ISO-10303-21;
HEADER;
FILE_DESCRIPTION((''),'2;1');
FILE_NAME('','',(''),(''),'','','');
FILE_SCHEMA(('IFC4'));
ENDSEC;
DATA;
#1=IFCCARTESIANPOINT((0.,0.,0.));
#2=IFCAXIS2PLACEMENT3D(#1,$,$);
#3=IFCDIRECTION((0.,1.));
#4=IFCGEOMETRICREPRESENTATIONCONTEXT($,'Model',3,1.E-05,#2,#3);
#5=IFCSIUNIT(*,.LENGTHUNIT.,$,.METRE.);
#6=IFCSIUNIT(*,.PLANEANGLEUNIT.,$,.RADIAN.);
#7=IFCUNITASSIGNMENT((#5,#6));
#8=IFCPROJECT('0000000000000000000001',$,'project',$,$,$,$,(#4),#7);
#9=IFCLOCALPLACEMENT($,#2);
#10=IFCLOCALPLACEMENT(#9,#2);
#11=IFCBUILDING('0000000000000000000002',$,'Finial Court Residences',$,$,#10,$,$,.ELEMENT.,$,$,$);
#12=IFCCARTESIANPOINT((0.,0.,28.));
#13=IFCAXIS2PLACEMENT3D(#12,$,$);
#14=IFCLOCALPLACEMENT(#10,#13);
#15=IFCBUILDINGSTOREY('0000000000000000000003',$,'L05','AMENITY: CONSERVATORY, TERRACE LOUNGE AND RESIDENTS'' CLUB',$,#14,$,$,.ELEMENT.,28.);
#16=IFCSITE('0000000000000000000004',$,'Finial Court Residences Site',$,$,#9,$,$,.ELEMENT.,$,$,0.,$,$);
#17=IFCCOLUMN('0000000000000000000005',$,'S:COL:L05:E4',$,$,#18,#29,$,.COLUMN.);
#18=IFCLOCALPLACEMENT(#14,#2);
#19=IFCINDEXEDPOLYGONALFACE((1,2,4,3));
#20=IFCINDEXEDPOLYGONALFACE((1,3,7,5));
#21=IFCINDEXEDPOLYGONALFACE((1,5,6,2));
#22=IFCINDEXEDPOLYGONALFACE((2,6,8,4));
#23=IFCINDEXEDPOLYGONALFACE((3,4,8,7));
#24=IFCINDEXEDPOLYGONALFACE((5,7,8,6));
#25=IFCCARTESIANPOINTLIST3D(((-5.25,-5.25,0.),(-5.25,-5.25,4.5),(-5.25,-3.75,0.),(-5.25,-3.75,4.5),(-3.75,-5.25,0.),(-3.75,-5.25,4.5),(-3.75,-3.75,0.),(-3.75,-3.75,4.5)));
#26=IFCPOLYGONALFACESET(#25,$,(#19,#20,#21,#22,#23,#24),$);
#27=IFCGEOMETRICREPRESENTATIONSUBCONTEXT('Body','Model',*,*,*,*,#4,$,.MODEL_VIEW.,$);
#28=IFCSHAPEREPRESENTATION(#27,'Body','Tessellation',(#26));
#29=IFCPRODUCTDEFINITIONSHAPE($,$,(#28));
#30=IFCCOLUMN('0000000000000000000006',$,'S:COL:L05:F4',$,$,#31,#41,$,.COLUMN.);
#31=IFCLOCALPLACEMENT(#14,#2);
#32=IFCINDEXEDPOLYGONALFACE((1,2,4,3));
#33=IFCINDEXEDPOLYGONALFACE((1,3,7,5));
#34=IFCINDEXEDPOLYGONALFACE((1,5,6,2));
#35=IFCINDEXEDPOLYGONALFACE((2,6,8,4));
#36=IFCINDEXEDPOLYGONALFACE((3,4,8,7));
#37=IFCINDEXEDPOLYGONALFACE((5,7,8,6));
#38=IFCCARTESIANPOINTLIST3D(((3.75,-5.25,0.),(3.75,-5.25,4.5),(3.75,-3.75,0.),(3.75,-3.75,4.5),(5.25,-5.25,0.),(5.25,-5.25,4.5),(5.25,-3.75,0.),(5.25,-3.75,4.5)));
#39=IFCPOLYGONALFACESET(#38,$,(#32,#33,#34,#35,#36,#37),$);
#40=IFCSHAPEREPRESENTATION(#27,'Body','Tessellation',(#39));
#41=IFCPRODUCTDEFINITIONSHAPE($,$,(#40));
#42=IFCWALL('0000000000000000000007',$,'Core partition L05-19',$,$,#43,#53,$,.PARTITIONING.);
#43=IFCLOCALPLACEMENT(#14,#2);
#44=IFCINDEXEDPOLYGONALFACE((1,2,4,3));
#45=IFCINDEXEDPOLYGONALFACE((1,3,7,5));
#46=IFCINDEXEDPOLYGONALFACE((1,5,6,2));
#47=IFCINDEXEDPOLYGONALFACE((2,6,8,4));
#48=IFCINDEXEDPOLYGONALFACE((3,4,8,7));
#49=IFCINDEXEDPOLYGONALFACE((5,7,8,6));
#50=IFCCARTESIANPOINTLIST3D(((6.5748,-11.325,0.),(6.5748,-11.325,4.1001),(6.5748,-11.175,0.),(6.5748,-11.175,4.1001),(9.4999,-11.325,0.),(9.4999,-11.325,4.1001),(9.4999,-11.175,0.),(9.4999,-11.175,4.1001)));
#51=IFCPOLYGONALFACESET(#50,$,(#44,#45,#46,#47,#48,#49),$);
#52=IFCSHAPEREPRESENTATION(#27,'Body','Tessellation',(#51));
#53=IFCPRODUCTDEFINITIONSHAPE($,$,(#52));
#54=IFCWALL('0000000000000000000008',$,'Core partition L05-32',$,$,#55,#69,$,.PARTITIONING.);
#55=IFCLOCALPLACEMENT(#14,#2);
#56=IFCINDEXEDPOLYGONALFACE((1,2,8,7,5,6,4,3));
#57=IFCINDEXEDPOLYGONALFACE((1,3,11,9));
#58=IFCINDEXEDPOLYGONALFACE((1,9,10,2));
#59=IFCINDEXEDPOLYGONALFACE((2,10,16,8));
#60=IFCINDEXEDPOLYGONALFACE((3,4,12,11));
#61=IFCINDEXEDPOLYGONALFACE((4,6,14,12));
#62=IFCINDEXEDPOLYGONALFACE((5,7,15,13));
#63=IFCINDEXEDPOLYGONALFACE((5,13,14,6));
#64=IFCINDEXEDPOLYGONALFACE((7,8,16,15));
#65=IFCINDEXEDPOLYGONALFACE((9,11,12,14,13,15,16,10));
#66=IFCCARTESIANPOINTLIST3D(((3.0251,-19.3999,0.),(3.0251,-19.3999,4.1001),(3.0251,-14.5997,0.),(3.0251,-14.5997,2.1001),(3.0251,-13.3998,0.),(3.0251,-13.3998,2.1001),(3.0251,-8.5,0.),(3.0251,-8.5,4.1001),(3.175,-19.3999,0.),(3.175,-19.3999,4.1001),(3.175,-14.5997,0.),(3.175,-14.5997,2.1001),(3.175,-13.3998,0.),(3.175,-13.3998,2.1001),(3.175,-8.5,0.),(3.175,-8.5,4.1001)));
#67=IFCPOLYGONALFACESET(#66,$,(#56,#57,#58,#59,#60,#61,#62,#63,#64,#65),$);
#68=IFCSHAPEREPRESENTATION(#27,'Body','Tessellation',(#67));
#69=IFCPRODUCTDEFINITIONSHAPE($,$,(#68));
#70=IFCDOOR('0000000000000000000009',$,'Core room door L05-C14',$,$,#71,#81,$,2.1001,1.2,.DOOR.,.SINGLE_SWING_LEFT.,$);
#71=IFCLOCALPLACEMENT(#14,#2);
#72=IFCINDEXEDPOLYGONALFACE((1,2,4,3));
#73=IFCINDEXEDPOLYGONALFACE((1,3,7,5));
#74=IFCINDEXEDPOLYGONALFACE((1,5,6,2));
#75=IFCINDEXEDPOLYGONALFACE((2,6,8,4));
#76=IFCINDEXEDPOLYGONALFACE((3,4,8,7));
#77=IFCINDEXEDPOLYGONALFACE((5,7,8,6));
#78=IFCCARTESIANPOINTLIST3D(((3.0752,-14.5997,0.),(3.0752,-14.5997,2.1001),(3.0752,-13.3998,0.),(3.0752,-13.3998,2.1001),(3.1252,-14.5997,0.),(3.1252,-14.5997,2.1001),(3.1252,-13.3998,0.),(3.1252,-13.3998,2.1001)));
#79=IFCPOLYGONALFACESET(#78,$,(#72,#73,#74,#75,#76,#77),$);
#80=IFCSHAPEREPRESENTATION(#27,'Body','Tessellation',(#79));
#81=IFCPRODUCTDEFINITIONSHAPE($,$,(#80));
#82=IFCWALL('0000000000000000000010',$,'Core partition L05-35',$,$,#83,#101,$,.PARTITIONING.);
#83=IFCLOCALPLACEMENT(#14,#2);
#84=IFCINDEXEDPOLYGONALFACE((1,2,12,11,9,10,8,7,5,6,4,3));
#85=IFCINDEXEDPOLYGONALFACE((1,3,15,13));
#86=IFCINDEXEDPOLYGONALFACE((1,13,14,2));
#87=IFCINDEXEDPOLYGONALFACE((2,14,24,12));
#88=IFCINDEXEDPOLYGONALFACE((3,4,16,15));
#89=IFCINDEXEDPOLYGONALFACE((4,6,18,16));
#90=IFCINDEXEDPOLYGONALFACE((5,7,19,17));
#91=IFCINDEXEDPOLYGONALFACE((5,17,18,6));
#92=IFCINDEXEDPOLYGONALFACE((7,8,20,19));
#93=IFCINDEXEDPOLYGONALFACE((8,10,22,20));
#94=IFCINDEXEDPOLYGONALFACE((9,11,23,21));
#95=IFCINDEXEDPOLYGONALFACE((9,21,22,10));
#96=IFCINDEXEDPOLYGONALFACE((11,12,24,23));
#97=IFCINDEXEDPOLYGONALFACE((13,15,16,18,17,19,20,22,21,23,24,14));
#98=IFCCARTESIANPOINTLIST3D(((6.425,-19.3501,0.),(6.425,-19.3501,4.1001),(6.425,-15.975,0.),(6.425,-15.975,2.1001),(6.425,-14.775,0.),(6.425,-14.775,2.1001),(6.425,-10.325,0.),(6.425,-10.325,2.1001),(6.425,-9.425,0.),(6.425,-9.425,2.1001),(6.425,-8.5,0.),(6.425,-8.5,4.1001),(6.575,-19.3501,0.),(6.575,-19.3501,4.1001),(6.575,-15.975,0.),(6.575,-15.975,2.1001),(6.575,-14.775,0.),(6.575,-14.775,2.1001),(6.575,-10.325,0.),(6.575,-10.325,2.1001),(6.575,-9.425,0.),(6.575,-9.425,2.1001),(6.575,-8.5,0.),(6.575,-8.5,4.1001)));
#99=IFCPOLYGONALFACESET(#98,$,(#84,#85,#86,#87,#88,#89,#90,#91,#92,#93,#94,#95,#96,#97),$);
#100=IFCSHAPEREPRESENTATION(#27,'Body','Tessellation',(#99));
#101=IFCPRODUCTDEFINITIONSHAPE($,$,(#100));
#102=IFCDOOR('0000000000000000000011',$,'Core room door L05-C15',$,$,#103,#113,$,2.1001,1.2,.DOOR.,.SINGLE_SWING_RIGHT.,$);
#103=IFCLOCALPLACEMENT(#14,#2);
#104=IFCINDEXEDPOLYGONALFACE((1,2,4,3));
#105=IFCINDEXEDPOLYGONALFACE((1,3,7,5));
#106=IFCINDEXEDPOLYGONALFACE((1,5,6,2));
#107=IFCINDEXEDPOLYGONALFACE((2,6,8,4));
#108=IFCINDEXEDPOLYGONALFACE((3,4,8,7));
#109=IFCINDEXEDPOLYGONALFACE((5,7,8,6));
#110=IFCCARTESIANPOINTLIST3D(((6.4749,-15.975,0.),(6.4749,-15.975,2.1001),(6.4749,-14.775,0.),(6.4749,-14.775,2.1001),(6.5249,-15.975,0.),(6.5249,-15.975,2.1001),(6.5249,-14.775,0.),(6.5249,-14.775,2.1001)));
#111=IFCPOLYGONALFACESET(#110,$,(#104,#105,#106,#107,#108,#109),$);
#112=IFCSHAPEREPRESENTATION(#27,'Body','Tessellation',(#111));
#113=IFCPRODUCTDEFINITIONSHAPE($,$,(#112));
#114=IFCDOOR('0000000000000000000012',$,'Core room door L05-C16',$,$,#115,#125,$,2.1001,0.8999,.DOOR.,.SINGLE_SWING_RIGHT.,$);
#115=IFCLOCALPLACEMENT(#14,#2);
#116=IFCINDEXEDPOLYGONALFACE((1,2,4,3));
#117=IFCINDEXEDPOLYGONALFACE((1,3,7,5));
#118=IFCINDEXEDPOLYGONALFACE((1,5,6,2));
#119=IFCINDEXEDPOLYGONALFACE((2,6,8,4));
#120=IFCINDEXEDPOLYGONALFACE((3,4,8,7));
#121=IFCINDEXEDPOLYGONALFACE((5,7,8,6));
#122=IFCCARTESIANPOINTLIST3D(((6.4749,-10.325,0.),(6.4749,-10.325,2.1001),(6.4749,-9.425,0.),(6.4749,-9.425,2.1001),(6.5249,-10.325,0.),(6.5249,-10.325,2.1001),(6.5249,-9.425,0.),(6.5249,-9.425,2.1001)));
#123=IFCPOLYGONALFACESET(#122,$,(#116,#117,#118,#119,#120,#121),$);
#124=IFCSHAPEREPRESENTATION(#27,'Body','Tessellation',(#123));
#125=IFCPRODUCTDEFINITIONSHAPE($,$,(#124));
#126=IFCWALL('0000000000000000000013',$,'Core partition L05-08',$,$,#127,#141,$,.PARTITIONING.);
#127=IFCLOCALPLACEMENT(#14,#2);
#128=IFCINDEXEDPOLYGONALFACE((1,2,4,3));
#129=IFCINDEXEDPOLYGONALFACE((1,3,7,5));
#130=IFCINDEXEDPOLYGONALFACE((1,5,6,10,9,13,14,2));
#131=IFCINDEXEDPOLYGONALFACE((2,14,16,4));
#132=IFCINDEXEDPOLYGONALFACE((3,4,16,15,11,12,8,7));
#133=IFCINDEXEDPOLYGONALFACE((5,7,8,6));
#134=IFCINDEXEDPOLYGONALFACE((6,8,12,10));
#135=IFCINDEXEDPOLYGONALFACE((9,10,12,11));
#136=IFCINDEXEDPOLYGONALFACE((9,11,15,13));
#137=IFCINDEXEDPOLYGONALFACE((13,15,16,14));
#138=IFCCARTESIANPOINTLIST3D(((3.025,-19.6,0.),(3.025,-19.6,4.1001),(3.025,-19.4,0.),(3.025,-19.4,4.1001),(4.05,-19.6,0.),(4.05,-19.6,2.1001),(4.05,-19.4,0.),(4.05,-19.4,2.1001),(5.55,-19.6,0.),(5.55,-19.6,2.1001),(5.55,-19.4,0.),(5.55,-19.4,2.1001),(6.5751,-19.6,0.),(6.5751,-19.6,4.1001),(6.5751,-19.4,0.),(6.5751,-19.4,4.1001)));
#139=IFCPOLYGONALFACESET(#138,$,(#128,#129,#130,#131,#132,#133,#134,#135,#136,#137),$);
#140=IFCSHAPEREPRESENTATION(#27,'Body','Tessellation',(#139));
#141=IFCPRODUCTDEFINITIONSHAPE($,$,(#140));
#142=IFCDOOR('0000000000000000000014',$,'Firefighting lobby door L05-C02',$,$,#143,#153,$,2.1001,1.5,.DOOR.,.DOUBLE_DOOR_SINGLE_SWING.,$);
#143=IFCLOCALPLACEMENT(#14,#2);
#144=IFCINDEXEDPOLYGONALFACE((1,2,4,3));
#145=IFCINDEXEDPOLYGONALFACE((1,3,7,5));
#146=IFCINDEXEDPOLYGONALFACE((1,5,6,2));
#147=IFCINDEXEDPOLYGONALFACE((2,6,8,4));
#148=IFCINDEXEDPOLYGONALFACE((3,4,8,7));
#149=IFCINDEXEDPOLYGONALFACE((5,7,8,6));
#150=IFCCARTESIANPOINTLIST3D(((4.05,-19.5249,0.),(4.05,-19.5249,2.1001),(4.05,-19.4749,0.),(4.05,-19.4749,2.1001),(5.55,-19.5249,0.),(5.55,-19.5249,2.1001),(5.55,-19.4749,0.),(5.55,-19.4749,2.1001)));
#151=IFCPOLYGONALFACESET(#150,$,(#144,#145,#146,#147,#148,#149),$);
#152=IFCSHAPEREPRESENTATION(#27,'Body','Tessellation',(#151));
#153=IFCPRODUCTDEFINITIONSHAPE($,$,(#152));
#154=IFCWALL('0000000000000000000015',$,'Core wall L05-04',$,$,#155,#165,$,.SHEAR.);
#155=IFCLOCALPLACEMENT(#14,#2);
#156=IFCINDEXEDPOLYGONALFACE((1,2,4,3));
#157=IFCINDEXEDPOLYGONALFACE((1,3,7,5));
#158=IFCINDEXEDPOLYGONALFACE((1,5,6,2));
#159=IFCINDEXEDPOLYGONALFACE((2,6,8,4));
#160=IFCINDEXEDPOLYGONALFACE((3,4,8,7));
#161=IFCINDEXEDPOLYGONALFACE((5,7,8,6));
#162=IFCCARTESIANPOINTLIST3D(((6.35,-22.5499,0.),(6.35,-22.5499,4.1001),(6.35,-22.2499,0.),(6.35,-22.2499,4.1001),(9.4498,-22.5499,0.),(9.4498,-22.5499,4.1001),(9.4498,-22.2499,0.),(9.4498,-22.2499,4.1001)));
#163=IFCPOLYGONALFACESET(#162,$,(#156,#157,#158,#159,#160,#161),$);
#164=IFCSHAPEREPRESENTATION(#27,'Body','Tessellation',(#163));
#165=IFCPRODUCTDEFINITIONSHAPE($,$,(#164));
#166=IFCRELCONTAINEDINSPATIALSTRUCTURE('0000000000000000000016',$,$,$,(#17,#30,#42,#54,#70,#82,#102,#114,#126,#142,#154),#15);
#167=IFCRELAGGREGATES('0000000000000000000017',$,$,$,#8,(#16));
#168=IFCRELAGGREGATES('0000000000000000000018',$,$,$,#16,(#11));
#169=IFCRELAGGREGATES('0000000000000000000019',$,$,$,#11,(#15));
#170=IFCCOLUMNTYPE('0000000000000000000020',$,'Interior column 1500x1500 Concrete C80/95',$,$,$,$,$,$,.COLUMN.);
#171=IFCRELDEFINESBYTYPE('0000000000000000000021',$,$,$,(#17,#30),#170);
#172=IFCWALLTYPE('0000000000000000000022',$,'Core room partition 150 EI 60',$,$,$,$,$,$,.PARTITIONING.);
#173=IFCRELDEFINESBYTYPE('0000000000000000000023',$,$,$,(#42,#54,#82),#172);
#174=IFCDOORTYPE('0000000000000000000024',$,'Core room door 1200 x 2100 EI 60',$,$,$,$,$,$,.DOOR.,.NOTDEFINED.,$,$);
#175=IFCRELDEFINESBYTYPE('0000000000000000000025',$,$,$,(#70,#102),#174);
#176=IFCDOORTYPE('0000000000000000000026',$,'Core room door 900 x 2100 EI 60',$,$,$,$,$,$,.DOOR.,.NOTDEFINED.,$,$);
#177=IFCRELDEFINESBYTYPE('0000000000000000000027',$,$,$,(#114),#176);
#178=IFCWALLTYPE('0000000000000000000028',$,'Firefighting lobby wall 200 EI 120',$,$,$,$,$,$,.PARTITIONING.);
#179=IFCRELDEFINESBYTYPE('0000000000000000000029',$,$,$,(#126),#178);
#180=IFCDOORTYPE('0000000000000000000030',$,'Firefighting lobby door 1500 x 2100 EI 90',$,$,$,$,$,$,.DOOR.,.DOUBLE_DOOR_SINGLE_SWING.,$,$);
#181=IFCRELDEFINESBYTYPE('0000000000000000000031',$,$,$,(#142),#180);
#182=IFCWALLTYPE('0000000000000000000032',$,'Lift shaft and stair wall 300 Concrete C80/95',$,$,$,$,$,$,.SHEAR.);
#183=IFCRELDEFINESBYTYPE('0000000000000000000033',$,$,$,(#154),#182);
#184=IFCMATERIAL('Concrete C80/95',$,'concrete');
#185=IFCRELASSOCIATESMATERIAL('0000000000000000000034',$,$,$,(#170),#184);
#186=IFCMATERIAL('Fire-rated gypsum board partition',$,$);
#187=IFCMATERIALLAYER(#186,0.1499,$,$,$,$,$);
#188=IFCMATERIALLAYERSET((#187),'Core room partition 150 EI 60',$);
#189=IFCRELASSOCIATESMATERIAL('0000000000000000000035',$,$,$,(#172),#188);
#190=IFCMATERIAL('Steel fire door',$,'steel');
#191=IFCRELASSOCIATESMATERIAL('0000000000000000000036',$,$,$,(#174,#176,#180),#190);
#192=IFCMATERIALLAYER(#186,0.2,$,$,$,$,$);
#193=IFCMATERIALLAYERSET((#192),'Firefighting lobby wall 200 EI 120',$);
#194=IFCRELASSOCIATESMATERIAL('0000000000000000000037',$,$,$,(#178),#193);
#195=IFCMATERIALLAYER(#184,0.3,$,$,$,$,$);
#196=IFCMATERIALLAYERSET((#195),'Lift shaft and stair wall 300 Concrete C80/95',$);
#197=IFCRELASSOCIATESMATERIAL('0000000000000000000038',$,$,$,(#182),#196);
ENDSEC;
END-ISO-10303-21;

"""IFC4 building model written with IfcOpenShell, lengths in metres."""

from ifc_helpers import new_model, si_unit, direction, frame, frame_2d, origin, origin_2d, place, context, subcontext, project, spatial, rectangle, extrude, material, layer, layer_set, material_profile, profile_set, type_object, element, fill, save


model = new_model("IFC4")

# Units and contexts
model_context = context("Model", 3, precision=1e-05, world=origin(), true_north=direction((0.0, 1.0)))
body_context = subcontext(model_context, "Body", "Model", "MODEL_VIEW")
ifc_project = project(units=[si_unit("LENGTHUNIT", "METRE"), si_unit("PLANEANGLEUNIT", "RADIAN")], contexts=[model_context])

# Site, building, storey
site_placement = place(None, origin())
site = spatial("IfcSite", under=ifc_project, at=site_placement, Name="Finial Court Residences Site", CompositionType="ELEMENT", RefElevation=0.0)
building_placement = place(site_placement, origin())
building = spatial("IfcBuilding", under=site, at=building_placement, Name="Finial Court Residences", CompositionType="ELEMENT")
storey_placement = place(building_placement, frame((0.0, 0.0, 28.0)))
storey = spatial("IfcBuildingStorey", under=building, at=storey_placement, Name="L05", Description="AMENITY: CONSERVATORY, TERRACE LOUNGE AND RESIDENTS' CLUB", CompositionType="ELEMENT", Elevation=28.0)

# Columns
ifc_material_1 = material(Name="Concrete C80/95", Category="concrete")
ifc_material_profile = material_profile(ifc_material_1, rectangle(XDim=1.5, YDim=1.5, at=origin_2d()), Name="1500x1500")
ifc_profile_set = profile_set([ifc_material_profile], Name="Concrete C80/95")
column_type = type_object("IfcColumnType", Name="Interior column 1500x1500 Concrete C80/95", PredefinedType="COLUMN", material=ifc_profile_set)
for number, where, z_axis, x_axis, name in (
    (1, (-4.5, -4.5, 0.0), (0.0, 0.0, 1.0), (1.0, 0.0, 0.0), "S:COL:L05:E4"),
    (2, (4.5, -4.5, 0.0), (0.0, 0.0, 1.0), (1.0, 0.0, 0.0), "S:COL:L05:F4"),
):
    element("IfcColumn", number, at=place(storey_placement, frame(where, z_axis=z_axis, x_axis=x_axis)), inside=storey, type_object=column_type, Name=name, PredefinedType="COLUMN", context=body_context, shape_type="SweptSolid", body=[
        extrude(rectangle(XDim=1.5, YDim=1.5, at=origin_2d()), origin(), (0.0, 0.0, 1.0), 4.5),
    ])

# Wall
ifc_material_2 = material(Name="Fire-rated gypsum board partition")
ifc_layer_1 = layer(ifc_material_2, 0.1499)
ifc_layer_set_1 = layer_set([ifc_layer_1], Name="Core room partition 150 EI 60")
wall_type_1 = type_object("IfcWallType", Name="Core room partition 150 EI 60", PredefinedType="PARTITIONING", material=ifc_layer_set_1)
wall_1_placement = place(storey_placement, frame((6.575, -11.25, 0.0), z_axis=(0.0, 0.0, 1.0), x_axis=(1.0, 0.0, 0.0)))
element("IfcWall", 3, at=wall_1_placement, inside=storey, type_object=wall_type_1, Name="Core partition L05-19", PredefinedType="PARTITIONING", context=body_context, shape_type="SweptSolid", body=[
    extrude(rectangle(XDim=2.925, YDim=0.1499, at=frame_2d((1.4624, 0.0))), origin(), (0.0, 0.0, 1.0), 4.1001),
])

# Wall, opening, door
wall_2_placement = place(storey_placement, frame((3.1001, -19.3999, 0.0), z_axis=(0.0, 0.0, 1.0), x_axis=(0.0, 1.0, 0.0)))
wall_2 = element("IfcWall", 4, at=wall_2_placement, inside=storey, type_object=wall_type_1, Name="Core partition L05-32", PredefinedType="PARTITIONING", context=body_context, shape_type="SweptSolid", body=[
    extrude(rectangle(XDim=10.8999, YDim=0.1499, at=frame_2d((5.45, 0.0))), origin(), (0.0, 0.0, 1.0), 4.1001),
])
opening_1_placement = place(wall_2_placement, frame((4.8, 0.0, 0.0)))
opening_1 = element("IfcOpeningElement", 5, at=opening_1_placement, cuts=wall_2, PredefinedType="OPENING", context=body_context, shape_type="SweptSolid", body=[
    extrude(rectangle(XDim=1.2, YDim=2.1001, at=frame_2d((0.6001, 1.05))), frame((0.0, 0.085, 0.0), z_axis=(0.0, -1.0, 0.0), x_axis=(1.0, 0.0, 0.0)), (0.0, 0.0, 1.0), 0.1699),
])
ifc_material_3 = material(Name="Steel fire door", Category="steel")
door_type_1 = type_object("IfcDoorType", Name="Core room door 1200 x 2100 EI 60", OperationType="NOTDEFINED", PredefinedType="DOOR", material=ifc_material_3)
door_1_placement = place(opening_1_placement, origin())
door_1 = element("IfcDoor", 6, at=door_1_placement, inside=storey, type_object=door_type_1, Name="Core room door L05-C14", OperationType="SINGLE_SWING_LEFT", OverallHeight=2.1001, OverallWidth=1.2, PredefinedType="DOOR", context=body_context, shape_type="SweptSolid", body=[
    extrude(rectangle(XDim=1.2, YDim=2.1001, at=frame_2d((0.6001, 1.05))), frame((0.0, 0.0249, 0.0), z_axis=(0.0, -1.0, 0.0), x_axis=(1.0, 0.0, 0.0)), (0.0, 0.0, 1.0), 0.05),
])
fill(opening_1, door_1)

# Wall, openings, doors
wall_3_placement = place(storey_placement, frame((6.5, -8.5, 0.0), z_axis=(0.0, 0.0, 1.0), x_axis=(0.0, -1.0, 0.0)))
wall_3 = element("IfcWall", 7, at=wall_3_placement, inside=storey, type_object=wall_type_1, Name="Core partition L05-35", PredefinedType="PARTITIONING", context=body_context, shape_type="SweptSolid", body=[
    extrude(rectangle(XDim=10.8501, YDim=0.1499, at=frame_2d((5.425, 0.0))), origin(), (0.0, 0.0, 1.0), 4.1001),
])
opening_2_placement = place(wall_3_placement, frame((6.2749, 0.0, 0.0)))
opening_2 = element("IfcOpeningElement", 8, at=opening_2_placement, cuts=wall_3, PredefinedType="OPENING", context=body_context, shape_type="SweptSolid", body=[
    extrude(rectangle(XDim=1.2, YDim=2.1001, at=frame_2d((0.6001, 1.05))), frame((0.0, 0.085, 0.0), z_axis=(0.0, -1.0, 0.0), x_axis=(1.0, 0.0, 0.0)), (0.0, 0.0, 1.0), 0.1699),
])
opening_3_placement = place(wall_3_placement, frame((0.925, 0.0, 0.0)))
opening_3 = element("IfcOpeningElement", 9, at=opening_3_placement, cuts=wall_3, PredefinedType="OPENING", context=body_context, shape_type="SweptSolid", body=[
    extrude(rectangle(XDim=0.8999, YDim=2.1001, at=frame_2d((0.45, 1.05))), frame((0.0, 0.085, 0.0), z_axis=(0.0, -1.0, 0.0), x_axis=(1.0, 0.0, 0.0)), (0.0, 0.0, 1.0), 0.1699),
])
door_2_placement = place(opening_2_placement, origin())
door_2 = element("IfcDoor", 10, at=door_2_placement, inside=storey, type_object=door_type_1, Name="Core room door L05-C15", OperationType="SINGLE_SWING_RIGHT", OverallHeight=2.1001, OverallWidth=1.2, PredefinedType="DOOR", context=body_context, shape_type="SweptSolid", body=[
    extrude(rectangle(XDim=1.2, YDim=2.1001, at=frame_2d((0.6001, 1.05))), frame((0.0, 0.0249, 0.0), z_axis=(0.0, -1.0, 0.0), x_axis=(1.0, 0.0, 0.0)), (0.0, 0.0, 1.0), 0.05),
])
fill(opening_2, door_2)
door_type_2 = type_object("IfcDoorType", Name="Core room door 900 x 2100 EI 60", OperationType="NOTDEFINED", PredefinedType="DOOR", material=ifc_material_3)
door_3_placement = place(opening_3_placement, origin())
door_3 = element("IfcDoor", 11, at=door_3_placement, inside=storey, type_object=door_type_2, Name="Core room door L05-C16", OperationType="SINGLE_SWING_RIGHT", OverallHeight=2.1001, OverallWidth=0.8999, PredefinedType="DOOR", context=body_context, shape_type="SweptSolid", body=[
    extrude(rectangle(XDim=0.8999, YDim=2.1001, at=frame_2d((0.45, 1.05))), frame((0.0, 0.0249, 0.0), z_axis=(0.0, -1.0, 0.0), x_axis=(1.0, 0.0, 0.0)), (0.0, 0.0, 1.0), 0.05),
])
fill(opening_3, door_3)

# Wall, opening, door
ifc_layer_2 = layer(ifc_material_2, 0.2)
ifc_layer_set_2 = layer_set([ifc_layer_2], Name="Firefighting lobby wall 200 EI 120")
wall_type_2 = type_object("IfcWallType", Name="Firefighting lobby wall 200 EI 120", PredefinedType="PARTITIONING", material=ifc_layer_set_2)
wall_4_placement = place(storey_placement, frame((6.575, -19.5, 0.0), z_axis=(0.0, 0.0, 1.0), x_axis=(-1.0, 0.0, 0.0)))
wall_4 = element("IfcWall", 12, at=wall_4_placement, inside=storey, type_object=wall_type_2, Name="Core partition L05-08", PredefinedType="PARTITIONING", context=body_context, shape_type="SweptSolid", body=[
    extrude(rectangle(XDim=3.55, YDim=0.2, at=frame_2d((1.7749, 0.0))), origin(), (0.0, 0.0, 1.0), 4.1001),
])
opening_4_placement = place(wall_4_placement, frame((1.0249, 0.0, 0.0)))
opening_4 = element("IfcOpeningElement", 13, at=opening_4_placement, cuts=wall_4, PredefinedType="OPENING", context=body_context, shape_type="SweptSolid", body=[
    extrude(rectangle(XDim=1.5, YDim=2.1001, at=frame_2d((0.75, 1.05))), frame((0.0, 0.1099, 0.0), z_axis=(0.0, -1.0, 0.0), x_axis=(1.0, 0.0, 0.0)), (0.0, 0.0, 1.0), 0.22),
])
door_type_3 = type_object("IfcDoorType", Name="Firefighting lobby door 1500 x 2100 EI 90", OperationType="DOUBLE_DOOR_SINGLE_SWING", PredefinedType="DOOR", material=ifc_material_3)
door_4_placement = place(opening_4_placement, origin())
door_4 = element("IfcDoor", 14, at=door_4_placement, inside=storey, type_object=door_type_3, Name="Firefighting lobby door L05-C02", OperationType="DOUBLE_DOOR_SINGLE_SWING", OverallHeight=2.1001, OverallWidth=1.5, PredefinedType="DOOR", context=body_context, shape_type="SweptSolid", body=[
    extrude(rectangle(XDim=1.5, YDim=2.1001, at=frame_2d((0.75, 1.05))), frame((0.0, 0.0249, 0.0), z_axis=(0.0, -1.0, 0.0), x_axis=(1.0, 0.0, 0.0)), (0.0, 0.0, 1.0), 0.05),
])
fill(opening_4, door_4)

# Wall
ifc_layer_3 = layer(ifc_material_1, 0.3)
ifc_layer_set_3 = layer_set([ifc_layer_3], Name="Lift shaft and stair wall 300 Concrete C80/95")
wall_type_3 = type_object("IfcWallType", Name="Lift shaft and stair wall 300 Concrete C80/95", PredefinedType="SHEAR", material=ifc_layer_set_3)
wall_5_placement = place(storey_placement, frame((6.3501, -22.3999, 0.0), z_axis=(0.0, 0.0, 1.0), x_axis=(1.0, 0.0, 0.0)))
element("IfcWall", 15, at=wall_5_placement, inside=storey, type_object=wall_type_3, Name="Core wall L05-04", PredefinedType="SHEAR", context=body_context, shape_type="SweptSolid", body=[
    extrude(rectangle(XDim=3.0999, YDim=0.3, at=frame_2d((1.5498, 0.0))), origin(), (0.0, 0.0, 1.0), 4.1001),
])

save(model, "model.ifc")
